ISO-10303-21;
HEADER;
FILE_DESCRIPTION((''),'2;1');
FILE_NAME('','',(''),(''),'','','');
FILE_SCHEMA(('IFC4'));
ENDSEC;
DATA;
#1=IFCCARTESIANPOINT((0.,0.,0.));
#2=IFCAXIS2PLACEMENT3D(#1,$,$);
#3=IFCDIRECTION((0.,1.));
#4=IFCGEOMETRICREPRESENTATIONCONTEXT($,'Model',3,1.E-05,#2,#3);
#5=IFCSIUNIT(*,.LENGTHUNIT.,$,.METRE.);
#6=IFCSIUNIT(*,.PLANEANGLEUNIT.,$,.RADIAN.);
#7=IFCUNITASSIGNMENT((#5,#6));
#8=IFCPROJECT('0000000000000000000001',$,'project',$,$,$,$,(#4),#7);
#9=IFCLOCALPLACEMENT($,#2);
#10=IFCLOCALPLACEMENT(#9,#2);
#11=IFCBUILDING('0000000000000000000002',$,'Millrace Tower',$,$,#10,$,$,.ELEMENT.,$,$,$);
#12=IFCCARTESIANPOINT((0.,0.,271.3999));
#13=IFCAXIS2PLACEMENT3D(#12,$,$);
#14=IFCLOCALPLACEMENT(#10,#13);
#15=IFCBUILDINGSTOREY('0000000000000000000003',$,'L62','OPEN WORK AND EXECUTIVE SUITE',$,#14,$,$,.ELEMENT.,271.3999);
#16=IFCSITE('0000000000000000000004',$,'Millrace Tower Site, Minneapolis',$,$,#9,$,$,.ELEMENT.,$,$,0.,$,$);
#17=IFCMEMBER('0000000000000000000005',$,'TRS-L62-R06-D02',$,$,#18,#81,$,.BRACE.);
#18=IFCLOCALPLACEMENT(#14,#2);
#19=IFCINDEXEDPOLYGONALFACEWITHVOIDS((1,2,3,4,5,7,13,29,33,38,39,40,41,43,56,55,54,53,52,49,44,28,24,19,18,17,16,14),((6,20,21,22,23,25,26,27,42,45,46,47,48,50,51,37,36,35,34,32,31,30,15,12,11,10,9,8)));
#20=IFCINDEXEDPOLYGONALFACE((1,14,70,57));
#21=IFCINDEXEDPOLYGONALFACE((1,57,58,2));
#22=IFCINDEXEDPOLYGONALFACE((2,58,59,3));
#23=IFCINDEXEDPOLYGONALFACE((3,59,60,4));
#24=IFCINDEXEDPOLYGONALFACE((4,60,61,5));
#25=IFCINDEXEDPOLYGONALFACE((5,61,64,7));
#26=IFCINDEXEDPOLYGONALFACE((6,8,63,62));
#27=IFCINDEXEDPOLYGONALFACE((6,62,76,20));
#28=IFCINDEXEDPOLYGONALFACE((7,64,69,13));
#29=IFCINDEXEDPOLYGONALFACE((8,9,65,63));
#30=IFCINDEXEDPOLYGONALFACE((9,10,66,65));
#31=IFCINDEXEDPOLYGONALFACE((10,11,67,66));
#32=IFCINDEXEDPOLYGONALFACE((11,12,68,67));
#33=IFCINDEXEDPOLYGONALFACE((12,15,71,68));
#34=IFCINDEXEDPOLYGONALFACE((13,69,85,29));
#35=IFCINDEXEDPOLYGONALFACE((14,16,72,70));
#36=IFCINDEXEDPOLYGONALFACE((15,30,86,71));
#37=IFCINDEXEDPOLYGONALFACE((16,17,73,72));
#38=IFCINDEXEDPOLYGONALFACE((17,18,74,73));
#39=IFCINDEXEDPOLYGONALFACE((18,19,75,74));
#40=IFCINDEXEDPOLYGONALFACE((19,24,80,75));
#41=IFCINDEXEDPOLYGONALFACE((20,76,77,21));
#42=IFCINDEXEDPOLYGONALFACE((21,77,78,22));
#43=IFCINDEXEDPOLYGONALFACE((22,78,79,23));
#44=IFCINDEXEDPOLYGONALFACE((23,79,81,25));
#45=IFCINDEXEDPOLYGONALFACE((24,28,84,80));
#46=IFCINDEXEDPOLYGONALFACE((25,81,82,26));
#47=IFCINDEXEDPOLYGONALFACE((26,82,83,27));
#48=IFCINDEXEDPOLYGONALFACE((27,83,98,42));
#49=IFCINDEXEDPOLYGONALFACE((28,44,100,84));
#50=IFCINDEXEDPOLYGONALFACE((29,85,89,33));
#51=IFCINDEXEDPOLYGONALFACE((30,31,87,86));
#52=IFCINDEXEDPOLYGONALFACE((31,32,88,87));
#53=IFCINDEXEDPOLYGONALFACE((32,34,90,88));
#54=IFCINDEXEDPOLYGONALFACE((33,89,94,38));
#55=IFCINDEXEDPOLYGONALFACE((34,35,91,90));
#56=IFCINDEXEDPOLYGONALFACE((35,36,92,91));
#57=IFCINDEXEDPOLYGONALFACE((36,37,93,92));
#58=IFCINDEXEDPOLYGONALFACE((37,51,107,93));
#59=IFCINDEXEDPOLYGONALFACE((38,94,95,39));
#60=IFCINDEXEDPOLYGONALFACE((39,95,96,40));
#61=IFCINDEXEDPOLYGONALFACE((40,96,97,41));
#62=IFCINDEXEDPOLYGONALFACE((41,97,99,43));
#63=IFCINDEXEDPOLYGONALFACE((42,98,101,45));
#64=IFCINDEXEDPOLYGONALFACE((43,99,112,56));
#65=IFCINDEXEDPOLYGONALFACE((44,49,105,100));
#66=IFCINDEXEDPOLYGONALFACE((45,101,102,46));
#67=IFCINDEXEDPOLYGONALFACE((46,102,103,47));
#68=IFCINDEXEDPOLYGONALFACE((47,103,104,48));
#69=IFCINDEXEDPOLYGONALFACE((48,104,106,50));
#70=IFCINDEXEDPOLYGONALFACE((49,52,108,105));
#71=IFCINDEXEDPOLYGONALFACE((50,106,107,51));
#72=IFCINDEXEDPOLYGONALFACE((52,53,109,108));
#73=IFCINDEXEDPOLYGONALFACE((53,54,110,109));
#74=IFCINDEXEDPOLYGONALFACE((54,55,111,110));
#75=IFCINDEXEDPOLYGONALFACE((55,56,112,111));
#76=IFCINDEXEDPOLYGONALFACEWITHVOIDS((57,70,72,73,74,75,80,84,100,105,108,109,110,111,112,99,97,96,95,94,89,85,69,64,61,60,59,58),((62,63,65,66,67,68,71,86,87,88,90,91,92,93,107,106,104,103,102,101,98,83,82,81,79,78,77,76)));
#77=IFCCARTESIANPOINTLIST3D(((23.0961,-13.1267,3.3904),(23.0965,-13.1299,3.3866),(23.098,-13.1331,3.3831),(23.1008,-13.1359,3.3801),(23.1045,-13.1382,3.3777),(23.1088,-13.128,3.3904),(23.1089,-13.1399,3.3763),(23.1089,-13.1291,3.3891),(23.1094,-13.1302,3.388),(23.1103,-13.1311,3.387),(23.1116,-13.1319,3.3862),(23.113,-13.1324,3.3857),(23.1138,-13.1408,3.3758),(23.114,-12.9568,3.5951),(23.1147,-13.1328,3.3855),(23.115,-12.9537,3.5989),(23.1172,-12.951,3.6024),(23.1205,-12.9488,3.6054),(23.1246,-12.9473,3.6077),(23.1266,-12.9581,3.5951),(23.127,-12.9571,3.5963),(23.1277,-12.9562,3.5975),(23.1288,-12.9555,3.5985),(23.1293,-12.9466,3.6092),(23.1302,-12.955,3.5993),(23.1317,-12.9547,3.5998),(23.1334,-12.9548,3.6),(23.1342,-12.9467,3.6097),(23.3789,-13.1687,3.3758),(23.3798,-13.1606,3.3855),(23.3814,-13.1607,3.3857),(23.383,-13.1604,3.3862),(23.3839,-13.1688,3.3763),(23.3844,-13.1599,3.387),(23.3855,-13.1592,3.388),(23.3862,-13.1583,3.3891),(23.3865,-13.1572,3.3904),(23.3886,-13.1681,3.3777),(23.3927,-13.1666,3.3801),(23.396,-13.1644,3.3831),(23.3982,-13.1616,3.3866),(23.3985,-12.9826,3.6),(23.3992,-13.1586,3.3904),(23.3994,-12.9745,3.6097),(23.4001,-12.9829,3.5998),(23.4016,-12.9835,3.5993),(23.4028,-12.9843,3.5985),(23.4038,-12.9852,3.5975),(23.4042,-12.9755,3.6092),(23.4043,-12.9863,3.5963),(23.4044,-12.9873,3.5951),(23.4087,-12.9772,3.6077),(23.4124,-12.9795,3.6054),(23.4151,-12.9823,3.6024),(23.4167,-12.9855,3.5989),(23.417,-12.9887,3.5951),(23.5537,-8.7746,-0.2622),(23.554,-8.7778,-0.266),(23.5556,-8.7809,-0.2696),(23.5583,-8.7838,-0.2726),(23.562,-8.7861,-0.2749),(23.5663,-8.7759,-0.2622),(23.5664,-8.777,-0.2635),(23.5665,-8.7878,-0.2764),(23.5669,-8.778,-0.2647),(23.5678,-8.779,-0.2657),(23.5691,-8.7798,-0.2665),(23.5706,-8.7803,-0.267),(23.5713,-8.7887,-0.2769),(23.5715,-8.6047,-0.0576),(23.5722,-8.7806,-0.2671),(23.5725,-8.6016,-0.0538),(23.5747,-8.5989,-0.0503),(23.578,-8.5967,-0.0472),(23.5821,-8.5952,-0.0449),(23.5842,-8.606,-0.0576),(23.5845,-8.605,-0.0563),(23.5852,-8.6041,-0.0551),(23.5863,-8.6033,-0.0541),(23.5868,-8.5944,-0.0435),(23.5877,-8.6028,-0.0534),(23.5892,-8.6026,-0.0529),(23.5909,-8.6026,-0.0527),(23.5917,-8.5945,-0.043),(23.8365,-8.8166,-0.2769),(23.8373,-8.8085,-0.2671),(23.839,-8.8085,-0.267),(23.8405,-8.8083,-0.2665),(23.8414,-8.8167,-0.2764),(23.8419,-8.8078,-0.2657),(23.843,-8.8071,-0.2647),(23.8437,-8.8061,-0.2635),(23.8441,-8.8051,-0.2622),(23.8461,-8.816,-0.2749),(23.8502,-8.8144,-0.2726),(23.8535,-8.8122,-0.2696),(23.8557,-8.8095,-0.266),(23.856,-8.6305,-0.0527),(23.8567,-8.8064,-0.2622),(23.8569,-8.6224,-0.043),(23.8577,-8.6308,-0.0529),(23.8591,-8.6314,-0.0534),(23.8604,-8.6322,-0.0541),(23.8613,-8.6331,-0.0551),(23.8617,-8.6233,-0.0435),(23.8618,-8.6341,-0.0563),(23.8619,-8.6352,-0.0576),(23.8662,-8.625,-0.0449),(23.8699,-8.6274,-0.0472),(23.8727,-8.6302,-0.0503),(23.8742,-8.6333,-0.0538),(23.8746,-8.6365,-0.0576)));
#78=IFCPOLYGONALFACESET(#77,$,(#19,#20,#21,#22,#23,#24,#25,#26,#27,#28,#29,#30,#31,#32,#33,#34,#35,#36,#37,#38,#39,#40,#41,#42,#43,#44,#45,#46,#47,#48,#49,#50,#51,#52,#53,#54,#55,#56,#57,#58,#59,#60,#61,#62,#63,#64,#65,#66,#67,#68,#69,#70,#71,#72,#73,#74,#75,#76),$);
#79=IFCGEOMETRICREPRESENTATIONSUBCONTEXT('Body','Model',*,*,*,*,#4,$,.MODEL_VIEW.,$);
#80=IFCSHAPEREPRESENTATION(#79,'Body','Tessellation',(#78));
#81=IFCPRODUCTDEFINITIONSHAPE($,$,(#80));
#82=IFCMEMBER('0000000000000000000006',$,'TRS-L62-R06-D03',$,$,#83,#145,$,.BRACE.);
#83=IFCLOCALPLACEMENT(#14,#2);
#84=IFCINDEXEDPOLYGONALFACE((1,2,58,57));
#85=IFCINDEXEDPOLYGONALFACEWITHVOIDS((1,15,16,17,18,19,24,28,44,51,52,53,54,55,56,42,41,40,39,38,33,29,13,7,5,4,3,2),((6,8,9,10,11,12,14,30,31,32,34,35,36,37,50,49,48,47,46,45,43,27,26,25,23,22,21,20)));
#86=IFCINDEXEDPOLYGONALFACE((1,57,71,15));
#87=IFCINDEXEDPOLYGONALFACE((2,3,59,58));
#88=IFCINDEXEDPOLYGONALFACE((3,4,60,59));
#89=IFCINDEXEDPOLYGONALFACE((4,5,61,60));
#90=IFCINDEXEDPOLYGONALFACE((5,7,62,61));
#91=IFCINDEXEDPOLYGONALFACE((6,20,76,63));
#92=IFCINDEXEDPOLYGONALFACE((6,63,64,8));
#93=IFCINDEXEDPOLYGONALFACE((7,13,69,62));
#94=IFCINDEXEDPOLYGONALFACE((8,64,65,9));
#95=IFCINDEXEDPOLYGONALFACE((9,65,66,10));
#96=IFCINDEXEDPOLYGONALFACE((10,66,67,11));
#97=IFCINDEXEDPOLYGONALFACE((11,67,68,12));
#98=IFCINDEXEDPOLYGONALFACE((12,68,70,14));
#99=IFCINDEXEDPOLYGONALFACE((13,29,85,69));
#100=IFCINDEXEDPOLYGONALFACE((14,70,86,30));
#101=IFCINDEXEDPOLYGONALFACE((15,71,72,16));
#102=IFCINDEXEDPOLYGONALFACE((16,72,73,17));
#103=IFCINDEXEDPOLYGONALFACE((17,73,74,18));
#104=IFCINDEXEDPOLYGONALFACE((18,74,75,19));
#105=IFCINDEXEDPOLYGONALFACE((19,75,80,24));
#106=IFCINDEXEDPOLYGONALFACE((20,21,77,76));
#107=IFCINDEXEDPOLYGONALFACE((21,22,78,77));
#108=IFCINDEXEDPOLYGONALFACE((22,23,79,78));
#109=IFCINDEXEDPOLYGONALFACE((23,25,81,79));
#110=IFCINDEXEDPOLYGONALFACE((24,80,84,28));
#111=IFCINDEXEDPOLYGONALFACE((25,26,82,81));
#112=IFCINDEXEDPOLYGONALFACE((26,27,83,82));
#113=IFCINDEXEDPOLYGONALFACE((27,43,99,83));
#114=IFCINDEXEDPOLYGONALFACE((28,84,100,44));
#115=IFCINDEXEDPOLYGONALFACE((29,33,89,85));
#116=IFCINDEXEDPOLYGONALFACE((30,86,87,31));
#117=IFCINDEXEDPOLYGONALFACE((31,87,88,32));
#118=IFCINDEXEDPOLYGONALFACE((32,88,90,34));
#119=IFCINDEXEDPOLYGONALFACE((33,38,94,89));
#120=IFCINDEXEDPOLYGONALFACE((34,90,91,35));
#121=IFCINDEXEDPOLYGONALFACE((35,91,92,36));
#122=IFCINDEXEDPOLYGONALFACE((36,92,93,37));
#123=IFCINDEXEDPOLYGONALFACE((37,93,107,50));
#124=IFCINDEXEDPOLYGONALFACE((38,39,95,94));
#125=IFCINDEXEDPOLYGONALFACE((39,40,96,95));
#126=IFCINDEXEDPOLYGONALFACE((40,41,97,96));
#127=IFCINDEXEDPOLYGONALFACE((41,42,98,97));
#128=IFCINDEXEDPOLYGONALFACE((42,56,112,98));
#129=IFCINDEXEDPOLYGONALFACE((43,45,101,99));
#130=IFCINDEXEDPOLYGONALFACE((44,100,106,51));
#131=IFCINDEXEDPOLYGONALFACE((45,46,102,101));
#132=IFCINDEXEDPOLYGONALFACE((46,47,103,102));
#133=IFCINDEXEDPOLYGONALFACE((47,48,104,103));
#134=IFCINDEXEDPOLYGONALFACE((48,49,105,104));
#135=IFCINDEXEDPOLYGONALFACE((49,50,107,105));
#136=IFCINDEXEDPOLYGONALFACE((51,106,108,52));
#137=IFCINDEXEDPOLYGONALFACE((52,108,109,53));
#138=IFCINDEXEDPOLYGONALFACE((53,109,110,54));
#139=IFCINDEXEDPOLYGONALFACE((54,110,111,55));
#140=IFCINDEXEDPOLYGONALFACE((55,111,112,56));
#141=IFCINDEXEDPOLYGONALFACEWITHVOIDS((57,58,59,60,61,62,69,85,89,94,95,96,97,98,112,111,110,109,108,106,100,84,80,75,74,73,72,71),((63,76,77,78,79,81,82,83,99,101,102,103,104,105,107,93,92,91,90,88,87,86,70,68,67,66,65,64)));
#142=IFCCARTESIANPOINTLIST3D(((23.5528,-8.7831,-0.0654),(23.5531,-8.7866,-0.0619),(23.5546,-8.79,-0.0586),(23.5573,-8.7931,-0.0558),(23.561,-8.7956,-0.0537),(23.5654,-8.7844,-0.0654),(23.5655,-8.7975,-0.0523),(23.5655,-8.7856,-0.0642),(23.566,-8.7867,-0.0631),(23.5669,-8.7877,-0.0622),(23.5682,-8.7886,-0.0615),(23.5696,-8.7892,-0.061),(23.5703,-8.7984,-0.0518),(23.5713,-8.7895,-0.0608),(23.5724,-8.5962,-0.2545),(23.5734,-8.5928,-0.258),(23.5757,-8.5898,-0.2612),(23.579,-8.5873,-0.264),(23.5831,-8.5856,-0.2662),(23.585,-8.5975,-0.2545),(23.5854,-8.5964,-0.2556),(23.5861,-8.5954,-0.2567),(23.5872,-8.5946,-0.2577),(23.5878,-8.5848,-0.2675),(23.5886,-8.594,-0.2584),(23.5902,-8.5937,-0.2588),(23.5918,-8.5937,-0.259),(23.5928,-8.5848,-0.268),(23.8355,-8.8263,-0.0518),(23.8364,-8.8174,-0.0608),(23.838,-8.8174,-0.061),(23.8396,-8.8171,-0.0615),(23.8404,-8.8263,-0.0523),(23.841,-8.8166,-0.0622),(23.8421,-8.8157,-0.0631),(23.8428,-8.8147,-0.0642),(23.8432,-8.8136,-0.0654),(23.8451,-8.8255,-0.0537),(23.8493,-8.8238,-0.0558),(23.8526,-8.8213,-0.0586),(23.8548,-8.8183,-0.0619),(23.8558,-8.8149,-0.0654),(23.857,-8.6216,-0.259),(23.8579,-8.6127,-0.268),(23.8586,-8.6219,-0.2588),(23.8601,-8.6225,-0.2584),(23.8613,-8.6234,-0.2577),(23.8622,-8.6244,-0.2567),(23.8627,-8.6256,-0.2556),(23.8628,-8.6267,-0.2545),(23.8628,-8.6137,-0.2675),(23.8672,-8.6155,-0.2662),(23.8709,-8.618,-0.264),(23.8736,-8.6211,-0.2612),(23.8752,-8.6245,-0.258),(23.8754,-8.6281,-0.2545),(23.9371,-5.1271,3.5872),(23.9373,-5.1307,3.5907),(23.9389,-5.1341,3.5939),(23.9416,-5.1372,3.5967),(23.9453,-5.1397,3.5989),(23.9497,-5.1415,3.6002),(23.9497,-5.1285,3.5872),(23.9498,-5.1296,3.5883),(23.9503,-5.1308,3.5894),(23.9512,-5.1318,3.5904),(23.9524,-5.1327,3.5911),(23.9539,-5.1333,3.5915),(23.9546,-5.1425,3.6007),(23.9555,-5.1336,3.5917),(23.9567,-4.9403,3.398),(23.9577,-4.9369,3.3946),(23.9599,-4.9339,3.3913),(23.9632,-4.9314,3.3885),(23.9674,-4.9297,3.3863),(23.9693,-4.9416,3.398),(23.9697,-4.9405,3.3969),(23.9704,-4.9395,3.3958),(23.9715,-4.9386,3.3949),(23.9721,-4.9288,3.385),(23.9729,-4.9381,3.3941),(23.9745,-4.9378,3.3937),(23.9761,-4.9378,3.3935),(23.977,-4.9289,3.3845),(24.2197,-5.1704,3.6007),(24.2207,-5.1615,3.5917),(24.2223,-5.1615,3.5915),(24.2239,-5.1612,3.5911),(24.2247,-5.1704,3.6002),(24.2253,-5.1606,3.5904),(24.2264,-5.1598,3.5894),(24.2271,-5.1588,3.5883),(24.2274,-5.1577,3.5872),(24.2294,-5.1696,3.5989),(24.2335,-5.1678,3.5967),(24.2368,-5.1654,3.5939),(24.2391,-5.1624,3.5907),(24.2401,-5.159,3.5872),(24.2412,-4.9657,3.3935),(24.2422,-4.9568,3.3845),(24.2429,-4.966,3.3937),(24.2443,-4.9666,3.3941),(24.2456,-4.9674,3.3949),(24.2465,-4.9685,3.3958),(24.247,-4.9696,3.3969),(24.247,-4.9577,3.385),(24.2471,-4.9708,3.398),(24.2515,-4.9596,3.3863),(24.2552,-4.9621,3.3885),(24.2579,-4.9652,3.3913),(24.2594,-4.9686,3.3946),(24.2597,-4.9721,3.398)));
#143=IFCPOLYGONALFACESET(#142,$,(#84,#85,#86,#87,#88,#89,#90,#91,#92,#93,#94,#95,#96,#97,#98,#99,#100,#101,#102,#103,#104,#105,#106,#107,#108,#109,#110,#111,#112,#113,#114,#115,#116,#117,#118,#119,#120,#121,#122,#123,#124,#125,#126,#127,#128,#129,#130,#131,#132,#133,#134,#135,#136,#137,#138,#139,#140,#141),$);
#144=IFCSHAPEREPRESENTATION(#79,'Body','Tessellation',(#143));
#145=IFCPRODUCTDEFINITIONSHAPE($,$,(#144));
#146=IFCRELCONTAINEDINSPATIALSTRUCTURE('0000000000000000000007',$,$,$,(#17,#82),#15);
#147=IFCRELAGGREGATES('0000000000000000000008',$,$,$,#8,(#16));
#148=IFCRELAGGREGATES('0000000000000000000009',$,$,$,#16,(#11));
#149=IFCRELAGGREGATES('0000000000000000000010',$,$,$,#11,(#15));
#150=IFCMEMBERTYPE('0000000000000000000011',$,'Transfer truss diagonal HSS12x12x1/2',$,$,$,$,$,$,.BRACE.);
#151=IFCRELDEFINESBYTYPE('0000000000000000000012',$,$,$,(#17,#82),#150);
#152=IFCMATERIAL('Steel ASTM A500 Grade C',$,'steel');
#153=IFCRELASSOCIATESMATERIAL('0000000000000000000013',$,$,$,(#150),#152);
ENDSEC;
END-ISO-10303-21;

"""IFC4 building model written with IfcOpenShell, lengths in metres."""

from ifc_helpers import new_model, si_unit, direction, frame, origin, origin_2d, place, context, subcontext, project, spatial, hollow_rectangle, extrude, material, material_profile, profile_set, type_object, element, save


model = new_model("IFC4")

# Units and contexts
model_context = context("Model", 3, precision=1e-05, world=origin(), true_north=direction((0.0, 1.0)))
body_context = subcontext(model_context, "Body", "Model", "MODEL_VIEW")
ifc_project = project(units=[si_unit("LENGTHUNIT", "METRE"), si_unit("PLANEANGLEUNIT", "RADIAN")], contexts=[model_context])

# Site, building, storey
site_placement = place(None, origin())
site = spatial("IfcSite", under=ifc_project, at=site_placement, Name="Millrace Tower Site, Minneapolis", CompositionType="ELEMENT", RefElevation=0.0)
building_placement = place(site_placement, origin())
building = spatial("IfcBuilding", under=site, at=building_placement, Name="Millrace Tower", CompositionType="ELEMENT")
storey_placement = place(building_placement, frame((0.0, 0.0, 271.3999)))
storey = spatial("IfcBuildingStorey", under=building, at=storey_placement, Name="L62", Description="OPEN WORK AND EXECUTIVE SUITE", CompositionType="ELEMENT", Elevation=271.3999)

# Members
ifc_material_1 = material(Name="Steel ASTM A500 Grade C", Category="steel")
ifc_material_profile_1 = material_profile(ifc_material_1, hollow_rectangle(XDim=0.3047, YDim=0.3047, WallThickness=0.0127, InnerFilletRadius=0.0063, OuterFilletRadius=0.019, at=origin_2d()))
ifc_profile_set_1 = profile_set([ifc_material_profile_1], Name="Steel ASTM A500 Grade C")
member_type_1 = type_object("IfcMemberType", Name="Transfer truss diagonal HSS12x12x1/2", PredefinedType="BRACE", material=ifc_profile_set_1)
member_1_placement = place(storey_placement, frame((23.7141, -8.7056, -0.1599), z_axis=(-0.080265, -0.763505, 0.640794), x_axis=(0.99452, -0.104551, 0.0)))
element("IfcMember", 1, at=member_1_placement, inside=storey, type_object=member_type_1, Name="TRS-L62-R06-D02", PredefinedType="BRACE", context=body_context, shape_type="SweptSolid", body=[
    extrude(hollow_rectangle(XDim=0.3047, YDim=0.3047, WallThickness=0.0127, InnerFilletRadius=0.0063, OuterFilletRadius=0.019, at=origin_2d()), origin(), (0.0, 0.0, 1.0), 5.7002),
])
member_2_placement = place(storey_placement, frame((23.7141, -8.7056, -0.1599), z_axis=(0.074153, 0.70549, 0.70483), x_axis=(-0.994521, 0.104533, 0.0)))
element("IfcMember", 2, at=member_2_placement, inside=storey, type_object=member_type_1, Name="TRS-L62-R06-D03", PredefinedType="BRACE", context=body_context, shape_type="SweptSolid", body=[
    extrude(hollow_rectangle(XDim=0.3047, YDim=0.3047, WallThickness=0.0127, InnerFilletRadius=0.0063, OuterFilletRadius=0.019, at=origin_2d()), origin(), (0.0, 0.0, 1.0), 5.1821),
])

save(model, "model.ifc")
